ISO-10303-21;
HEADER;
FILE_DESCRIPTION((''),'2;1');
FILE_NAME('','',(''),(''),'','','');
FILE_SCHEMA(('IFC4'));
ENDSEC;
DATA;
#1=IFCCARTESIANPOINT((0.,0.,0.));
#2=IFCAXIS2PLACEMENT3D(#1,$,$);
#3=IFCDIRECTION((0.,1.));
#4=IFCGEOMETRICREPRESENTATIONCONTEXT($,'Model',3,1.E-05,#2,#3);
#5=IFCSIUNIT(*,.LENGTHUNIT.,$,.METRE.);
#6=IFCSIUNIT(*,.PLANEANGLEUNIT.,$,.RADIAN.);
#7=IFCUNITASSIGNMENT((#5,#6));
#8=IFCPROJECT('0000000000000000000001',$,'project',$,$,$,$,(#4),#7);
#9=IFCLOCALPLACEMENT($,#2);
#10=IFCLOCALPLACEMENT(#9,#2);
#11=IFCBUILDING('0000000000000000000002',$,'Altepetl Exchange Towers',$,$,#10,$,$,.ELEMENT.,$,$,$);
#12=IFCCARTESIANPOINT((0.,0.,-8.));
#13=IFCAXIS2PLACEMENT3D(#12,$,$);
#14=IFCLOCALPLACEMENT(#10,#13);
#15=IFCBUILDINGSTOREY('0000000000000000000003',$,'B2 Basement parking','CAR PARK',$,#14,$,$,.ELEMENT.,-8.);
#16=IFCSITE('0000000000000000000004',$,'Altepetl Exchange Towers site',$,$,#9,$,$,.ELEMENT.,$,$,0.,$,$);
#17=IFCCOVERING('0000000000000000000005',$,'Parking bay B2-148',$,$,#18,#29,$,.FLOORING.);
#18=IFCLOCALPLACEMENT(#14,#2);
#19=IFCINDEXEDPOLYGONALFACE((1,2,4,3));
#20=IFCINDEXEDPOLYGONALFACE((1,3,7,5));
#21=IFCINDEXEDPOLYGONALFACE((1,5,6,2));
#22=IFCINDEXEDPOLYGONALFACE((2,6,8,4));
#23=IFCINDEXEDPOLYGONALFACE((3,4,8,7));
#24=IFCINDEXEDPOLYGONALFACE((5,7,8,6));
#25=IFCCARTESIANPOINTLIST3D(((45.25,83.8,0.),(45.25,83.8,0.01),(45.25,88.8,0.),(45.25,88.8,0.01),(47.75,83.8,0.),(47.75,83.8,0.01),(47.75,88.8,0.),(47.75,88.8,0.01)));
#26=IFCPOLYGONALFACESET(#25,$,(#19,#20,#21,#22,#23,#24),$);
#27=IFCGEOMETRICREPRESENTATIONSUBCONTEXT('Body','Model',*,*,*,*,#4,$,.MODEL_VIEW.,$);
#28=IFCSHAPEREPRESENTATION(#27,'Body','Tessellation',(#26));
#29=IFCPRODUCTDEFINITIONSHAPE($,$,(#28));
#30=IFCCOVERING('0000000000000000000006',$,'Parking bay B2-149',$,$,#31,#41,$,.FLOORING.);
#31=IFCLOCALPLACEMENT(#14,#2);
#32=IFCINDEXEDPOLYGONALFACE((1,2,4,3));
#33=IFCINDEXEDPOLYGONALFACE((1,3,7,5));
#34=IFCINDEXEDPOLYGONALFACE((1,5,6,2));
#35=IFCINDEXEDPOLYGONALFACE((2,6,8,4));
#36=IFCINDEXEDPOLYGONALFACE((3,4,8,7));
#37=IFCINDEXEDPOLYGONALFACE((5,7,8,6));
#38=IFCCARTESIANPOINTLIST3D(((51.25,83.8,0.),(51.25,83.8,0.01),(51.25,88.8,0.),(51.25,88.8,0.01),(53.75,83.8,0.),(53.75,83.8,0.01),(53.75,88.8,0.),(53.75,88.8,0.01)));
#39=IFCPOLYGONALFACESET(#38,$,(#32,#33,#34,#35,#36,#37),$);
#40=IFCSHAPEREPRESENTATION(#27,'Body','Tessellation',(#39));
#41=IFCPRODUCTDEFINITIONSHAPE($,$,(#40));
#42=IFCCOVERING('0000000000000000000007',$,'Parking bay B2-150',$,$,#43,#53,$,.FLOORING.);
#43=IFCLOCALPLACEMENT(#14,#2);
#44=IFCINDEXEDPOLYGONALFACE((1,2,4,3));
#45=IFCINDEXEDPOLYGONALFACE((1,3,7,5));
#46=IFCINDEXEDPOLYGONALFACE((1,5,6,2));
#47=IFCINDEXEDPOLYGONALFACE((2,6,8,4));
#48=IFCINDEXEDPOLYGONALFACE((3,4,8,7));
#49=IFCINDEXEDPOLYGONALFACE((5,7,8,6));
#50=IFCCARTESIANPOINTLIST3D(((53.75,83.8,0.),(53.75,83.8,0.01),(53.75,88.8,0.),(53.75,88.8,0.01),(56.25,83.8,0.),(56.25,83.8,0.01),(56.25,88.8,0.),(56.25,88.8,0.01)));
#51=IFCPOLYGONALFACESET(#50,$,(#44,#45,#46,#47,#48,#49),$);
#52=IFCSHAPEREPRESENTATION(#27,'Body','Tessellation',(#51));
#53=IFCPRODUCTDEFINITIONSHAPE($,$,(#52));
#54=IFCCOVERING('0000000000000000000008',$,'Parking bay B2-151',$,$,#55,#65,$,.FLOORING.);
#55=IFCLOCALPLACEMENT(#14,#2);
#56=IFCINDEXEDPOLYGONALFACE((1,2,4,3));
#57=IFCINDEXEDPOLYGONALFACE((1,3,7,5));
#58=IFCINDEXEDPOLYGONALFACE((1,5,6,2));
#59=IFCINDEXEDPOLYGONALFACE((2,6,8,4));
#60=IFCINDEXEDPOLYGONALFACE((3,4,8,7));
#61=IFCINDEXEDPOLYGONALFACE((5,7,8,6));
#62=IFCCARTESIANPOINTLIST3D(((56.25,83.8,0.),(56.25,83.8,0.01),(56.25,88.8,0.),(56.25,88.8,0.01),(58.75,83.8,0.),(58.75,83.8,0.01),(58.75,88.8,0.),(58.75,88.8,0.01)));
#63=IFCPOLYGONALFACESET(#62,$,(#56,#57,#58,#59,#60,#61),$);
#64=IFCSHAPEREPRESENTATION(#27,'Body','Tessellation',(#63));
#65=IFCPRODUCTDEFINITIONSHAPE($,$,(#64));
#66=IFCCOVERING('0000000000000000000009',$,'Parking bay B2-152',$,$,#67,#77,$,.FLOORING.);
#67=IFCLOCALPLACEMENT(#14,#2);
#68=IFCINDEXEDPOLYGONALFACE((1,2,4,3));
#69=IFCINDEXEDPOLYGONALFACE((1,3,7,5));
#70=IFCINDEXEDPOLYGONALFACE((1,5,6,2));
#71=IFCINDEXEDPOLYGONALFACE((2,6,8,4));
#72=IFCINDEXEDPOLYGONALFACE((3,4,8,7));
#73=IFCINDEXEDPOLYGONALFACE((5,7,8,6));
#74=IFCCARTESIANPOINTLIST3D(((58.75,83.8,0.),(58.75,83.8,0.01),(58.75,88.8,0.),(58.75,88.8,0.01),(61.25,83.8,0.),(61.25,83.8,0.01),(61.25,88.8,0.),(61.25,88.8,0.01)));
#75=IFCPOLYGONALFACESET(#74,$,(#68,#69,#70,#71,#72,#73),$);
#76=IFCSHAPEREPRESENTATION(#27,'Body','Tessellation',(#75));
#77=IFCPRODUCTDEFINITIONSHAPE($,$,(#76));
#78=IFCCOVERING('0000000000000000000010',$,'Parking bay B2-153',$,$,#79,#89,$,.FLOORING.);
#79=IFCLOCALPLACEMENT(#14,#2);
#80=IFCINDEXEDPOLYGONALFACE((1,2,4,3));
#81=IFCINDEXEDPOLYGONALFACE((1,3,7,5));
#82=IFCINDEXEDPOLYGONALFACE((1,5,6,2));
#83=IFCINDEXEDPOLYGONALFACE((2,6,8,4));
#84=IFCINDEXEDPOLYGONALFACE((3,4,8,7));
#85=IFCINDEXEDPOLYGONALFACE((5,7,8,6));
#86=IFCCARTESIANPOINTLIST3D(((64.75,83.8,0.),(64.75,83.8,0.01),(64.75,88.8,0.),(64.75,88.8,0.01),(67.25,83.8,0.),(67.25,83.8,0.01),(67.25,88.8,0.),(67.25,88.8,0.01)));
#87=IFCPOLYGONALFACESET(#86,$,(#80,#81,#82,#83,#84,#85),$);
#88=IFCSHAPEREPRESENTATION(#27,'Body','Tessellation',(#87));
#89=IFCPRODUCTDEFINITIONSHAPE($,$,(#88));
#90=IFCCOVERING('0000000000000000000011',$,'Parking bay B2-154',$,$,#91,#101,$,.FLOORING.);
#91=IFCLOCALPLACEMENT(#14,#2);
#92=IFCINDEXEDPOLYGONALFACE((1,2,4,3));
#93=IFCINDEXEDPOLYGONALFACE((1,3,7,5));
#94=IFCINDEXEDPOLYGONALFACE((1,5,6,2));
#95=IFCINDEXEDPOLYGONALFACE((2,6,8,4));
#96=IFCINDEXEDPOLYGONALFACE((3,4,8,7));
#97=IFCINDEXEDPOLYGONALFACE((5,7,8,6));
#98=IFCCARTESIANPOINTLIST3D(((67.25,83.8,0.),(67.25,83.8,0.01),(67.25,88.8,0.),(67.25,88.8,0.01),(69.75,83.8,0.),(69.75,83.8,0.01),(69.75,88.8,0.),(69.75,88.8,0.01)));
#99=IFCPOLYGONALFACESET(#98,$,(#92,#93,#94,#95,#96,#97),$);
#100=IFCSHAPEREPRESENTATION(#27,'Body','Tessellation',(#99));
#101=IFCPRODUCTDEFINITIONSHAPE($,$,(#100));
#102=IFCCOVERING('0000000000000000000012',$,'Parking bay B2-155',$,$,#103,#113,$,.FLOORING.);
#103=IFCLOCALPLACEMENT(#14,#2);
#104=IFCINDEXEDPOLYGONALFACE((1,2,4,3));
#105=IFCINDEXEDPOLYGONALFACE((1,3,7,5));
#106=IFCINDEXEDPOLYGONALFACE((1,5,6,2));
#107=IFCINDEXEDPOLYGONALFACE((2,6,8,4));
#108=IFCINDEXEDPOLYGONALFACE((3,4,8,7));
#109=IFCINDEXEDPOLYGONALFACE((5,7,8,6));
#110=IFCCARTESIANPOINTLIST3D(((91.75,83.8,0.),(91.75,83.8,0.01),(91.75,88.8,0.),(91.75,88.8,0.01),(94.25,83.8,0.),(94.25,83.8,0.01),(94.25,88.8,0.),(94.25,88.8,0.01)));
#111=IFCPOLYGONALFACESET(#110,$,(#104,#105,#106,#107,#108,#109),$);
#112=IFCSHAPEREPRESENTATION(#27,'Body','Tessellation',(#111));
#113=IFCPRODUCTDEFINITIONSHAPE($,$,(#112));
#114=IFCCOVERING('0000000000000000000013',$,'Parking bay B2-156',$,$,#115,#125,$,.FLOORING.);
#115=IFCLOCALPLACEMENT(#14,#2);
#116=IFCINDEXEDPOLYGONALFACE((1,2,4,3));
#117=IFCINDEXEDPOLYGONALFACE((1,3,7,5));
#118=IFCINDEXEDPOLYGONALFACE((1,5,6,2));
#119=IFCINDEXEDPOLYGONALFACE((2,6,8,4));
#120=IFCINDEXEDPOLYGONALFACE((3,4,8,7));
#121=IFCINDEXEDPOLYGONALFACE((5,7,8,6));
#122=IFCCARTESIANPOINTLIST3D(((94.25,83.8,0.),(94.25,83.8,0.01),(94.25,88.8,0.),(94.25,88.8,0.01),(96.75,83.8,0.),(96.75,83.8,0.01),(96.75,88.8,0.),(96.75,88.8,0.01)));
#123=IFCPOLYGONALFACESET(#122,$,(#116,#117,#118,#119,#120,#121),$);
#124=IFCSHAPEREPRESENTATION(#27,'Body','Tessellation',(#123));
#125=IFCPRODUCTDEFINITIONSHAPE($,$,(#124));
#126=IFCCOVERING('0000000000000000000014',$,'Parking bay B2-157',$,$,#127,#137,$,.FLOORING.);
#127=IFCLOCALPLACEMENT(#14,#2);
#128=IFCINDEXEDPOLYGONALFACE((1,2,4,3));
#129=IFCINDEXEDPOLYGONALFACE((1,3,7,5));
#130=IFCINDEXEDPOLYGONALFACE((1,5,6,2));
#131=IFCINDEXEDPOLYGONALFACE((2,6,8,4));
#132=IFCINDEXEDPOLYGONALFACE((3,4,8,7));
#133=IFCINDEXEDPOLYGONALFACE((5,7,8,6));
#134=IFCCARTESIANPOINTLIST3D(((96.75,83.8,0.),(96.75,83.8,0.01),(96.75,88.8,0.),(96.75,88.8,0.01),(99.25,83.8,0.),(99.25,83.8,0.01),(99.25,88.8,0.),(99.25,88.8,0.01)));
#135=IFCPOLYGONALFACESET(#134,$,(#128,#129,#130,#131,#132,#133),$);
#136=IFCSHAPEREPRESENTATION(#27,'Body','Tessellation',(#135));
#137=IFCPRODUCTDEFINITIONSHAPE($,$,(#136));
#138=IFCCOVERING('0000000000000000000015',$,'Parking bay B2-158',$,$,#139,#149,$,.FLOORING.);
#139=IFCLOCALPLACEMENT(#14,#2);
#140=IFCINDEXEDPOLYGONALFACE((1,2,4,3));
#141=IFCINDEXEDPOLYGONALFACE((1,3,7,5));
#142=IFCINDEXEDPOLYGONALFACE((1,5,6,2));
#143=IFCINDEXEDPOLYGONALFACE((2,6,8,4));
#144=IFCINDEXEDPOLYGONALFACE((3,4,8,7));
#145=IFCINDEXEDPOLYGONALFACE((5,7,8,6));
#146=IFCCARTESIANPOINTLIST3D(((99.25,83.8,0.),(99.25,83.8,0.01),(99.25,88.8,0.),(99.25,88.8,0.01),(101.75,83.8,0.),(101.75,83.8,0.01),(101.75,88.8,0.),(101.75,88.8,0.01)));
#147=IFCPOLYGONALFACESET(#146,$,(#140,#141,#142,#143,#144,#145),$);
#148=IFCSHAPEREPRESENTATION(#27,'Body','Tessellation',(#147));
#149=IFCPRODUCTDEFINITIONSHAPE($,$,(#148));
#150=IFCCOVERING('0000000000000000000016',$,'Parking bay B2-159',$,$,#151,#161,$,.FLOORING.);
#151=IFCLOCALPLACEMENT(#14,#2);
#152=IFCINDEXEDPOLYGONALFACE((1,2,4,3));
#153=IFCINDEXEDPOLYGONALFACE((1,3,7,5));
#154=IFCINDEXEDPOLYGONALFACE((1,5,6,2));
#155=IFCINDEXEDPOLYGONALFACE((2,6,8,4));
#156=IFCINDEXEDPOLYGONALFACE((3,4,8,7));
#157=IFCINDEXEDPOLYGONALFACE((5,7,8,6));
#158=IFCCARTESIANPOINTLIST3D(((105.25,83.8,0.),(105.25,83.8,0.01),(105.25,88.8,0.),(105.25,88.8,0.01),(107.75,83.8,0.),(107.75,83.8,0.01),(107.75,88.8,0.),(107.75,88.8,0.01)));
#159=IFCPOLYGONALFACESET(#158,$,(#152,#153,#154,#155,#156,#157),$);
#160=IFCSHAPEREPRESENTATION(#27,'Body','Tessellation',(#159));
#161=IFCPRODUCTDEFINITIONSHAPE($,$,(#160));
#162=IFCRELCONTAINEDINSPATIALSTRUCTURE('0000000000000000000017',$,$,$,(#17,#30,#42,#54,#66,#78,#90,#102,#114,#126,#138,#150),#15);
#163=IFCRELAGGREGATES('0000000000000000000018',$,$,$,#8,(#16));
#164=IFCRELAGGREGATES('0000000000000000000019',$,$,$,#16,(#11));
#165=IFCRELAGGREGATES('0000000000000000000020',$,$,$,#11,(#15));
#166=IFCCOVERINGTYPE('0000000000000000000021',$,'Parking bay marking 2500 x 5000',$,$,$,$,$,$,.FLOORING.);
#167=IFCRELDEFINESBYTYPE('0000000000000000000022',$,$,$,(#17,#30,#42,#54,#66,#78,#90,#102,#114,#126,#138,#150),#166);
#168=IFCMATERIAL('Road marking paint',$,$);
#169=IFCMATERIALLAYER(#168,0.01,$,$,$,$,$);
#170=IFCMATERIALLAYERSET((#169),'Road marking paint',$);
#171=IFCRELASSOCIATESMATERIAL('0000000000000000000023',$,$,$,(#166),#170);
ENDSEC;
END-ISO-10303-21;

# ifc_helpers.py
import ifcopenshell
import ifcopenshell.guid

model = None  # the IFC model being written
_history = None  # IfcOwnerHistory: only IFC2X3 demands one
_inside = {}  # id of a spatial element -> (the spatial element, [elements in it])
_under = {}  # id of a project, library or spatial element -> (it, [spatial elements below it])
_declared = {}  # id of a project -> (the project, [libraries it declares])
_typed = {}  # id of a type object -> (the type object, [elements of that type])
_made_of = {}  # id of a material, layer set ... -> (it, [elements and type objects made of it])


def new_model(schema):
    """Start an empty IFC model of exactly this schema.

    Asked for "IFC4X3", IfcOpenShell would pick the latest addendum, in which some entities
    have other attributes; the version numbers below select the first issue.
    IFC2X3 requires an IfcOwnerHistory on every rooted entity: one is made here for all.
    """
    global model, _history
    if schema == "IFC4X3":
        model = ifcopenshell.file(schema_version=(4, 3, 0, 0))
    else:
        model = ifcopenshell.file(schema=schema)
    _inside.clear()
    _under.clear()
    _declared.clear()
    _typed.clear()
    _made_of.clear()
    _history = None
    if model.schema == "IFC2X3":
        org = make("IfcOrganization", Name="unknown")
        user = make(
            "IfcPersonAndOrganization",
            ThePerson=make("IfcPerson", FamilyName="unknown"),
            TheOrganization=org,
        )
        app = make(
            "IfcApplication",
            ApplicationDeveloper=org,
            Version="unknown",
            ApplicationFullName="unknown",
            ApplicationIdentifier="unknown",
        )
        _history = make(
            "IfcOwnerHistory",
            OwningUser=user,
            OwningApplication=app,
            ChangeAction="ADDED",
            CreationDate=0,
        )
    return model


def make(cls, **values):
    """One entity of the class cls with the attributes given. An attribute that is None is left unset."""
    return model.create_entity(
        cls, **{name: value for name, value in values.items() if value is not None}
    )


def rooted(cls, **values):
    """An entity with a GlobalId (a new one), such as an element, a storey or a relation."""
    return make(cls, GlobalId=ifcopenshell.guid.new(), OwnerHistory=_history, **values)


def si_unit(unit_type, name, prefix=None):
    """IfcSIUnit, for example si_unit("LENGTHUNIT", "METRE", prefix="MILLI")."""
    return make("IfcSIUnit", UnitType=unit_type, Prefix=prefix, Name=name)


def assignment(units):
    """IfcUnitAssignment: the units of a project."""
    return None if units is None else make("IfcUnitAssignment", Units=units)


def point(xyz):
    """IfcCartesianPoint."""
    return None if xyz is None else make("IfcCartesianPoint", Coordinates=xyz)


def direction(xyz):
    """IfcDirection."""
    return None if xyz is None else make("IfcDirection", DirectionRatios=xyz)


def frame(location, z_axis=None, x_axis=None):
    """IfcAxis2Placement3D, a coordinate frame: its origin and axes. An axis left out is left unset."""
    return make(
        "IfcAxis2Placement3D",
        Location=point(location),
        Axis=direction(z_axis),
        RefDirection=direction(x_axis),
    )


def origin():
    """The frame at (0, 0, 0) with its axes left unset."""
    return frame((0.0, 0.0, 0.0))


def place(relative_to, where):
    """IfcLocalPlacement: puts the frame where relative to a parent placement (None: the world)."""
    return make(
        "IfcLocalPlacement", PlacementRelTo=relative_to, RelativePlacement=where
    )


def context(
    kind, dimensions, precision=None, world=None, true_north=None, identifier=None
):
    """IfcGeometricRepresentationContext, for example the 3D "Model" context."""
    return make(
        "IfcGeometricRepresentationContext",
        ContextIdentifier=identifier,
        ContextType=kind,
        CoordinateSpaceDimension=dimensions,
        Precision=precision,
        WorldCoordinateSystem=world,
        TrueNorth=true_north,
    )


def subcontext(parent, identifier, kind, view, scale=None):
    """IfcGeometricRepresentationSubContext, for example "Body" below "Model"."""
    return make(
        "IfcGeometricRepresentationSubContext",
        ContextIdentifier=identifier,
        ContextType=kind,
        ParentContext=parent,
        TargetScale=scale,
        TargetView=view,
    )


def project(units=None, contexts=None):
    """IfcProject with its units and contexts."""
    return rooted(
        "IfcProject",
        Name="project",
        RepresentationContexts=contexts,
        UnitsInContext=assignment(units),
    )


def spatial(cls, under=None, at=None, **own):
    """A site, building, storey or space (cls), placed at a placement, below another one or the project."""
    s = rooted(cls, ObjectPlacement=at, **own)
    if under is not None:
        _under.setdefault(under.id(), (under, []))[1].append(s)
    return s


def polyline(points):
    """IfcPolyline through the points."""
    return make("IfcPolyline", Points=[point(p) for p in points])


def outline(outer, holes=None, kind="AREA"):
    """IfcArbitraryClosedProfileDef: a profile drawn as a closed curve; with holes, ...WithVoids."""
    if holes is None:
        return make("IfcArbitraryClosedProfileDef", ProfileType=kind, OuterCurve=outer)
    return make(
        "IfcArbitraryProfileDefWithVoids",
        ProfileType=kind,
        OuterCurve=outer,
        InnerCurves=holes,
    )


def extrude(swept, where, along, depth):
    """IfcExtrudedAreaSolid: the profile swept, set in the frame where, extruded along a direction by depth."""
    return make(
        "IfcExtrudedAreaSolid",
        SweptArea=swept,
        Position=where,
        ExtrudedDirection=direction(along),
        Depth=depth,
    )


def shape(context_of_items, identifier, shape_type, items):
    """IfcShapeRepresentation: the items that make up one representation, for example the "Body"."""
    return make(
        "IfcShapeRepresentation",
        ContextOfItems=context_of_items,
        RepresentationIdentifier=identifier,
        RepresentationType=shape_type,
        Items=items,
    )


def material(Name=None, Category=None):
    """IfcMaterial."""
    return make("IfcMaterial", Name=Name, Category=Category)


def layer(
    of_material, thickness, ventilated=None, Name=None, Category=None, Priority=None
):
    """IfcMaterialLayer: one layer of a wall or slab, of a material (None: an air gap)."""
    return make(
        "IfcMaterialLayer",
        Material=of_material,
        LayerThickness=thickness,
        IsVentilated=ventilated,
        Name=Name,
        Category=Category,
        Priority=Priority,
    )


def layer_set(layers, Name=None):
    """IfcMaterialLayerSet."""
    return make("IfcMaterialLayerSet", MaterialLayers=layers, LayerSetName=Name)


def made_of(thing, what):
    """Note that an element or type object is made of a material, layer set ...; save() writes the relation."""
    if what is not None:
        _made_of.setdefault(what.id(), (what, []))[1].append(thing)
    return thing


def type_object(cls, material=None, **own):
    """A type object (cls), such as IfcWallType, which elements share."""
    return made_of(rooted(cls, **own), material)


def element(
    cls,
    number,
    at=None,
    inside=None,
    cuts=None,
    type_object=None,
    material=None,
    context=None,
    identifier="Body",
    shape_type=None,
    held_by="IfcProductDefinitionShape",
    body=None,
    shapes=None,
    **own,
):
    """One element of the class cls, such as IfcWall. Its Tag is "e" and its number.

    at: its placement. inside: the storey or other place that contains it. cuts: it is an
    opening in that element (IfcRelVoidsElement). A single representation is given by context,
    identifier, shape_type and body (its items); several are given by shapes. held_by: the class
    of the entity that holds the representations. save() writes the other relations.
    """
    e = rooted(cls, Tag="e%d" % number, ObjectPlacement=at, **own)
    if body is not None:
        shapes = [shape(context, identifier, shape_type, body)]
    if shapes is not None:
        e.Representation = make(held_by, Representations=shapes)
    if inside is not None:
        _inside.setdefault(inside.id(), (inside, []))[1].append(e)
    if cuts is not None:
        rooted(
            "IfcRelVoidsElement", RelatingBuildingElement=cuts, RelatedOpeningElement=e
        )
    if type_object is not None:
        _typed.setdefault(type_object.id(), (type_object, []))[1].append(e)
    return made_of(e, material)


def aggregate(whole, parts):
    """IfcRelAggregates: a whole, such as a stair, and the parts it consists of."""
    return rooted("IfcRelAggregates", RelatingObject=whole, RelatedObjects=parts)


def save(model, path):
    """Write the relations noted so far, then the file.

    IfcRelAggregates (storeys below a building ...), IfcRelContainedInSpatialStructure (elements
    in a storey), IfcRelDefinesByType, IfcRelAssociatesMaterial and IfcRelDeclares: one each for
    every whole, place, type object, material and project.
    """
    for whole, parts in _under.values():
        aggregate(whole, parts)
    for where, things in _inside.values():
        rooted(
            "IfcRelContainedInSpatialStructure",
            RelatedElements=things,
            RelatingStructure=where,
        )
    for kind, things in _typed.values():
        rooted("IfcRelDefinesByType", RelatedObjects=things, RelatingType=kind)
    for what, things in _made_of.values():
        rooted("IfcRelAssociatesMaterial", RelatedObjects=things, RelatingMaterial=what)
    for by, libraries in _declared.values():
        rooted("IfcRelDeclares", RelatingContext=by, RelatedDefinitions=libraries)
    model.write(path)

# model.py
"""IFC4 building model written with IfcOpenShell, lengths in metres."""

from ifc_helpers import new_model, si_unit, direction, frame, origin, place, context, subcontext, project, spatial, polyline, outline, extrude, material, layer, layer_set, type_object, element, save


model = new_model("IFC4")

# Units and contexts
model_context = context("Model", 3, precision=1e-05, world=origin(), true_north=direction((0.0, 1.0)))
body_context = subcontext(model_context, "Body", "Model", "MODEL_VIEW")
ifc_project = project(units=[si_unit("LENGTHUNIT", "METRE"), si_unit("PLANEANGLEUNIT", "RADIAN")], contexts=[model_context])

# Site, building, storey
site_placement = place(None, origin())
site = spatial("IfcSite", under=ifc_project, at=site_placement, Name="Altepetl Exchange Towers site", CompositionType="ELEMENT", RefElevation=0.0)
building_placement = place(site_placement, origin())
building = spatial("IfcBuilding", under=site, at=building_placement, Name="Altepetl Exchange Towers", CompositionType="ELEMENT")
storey_placement = place(building_placement, frame((0.0, 0.0, -8.0)))
storey = spatial("IfcBuildingStorey", under=building, at=storey_placement, Name="B2 Basement parking", Description="CAR PARK", CompositionType="ELEMENT", Elevation=-8.0)

# Coverings
ifc_material = material(Name="Road marking paint")
ifc_layer = layer(ifc_material, 0.01)
ifc_layer_set = layer_set([ifc_layer], Name="Road marking paint")
covering_type = type_object("IfcCoveringType", Name="Parking bay marking 2500 x 5000", PredefinedType="FLOORING", material=ifc_layer_set)
covering_1_placement = place(storey_placement, origin())
element("IfcCovering", 1, at=covering_1_placement, inside=storey, type_object=covering_type, Name="Parking bay B2-148", PredefinedType="FLOORING", context=body_context, shape_type="SweptSolid", body=[
    extrude(outline(polyline([(45.25, 83.8), (47.75, 83.8), (47.75, 88.8), (45.25, 88.8), (45.25, 83.8)])), origin(), (0.0, 0.0, 1.0), 0.01),
])
covering_2_placement = place(storey_placement, origin())
element("IfcCovering", 2, at=covering_2_placement, inside=storey, type_object=covering_type, Name="Parking bay B2-149", PredefinedType="FLOORING", context=body_context, shape_type="SweptSolid", body=[
    extrude(outline(polyline([(51.25, 83.8), (53.75, 83.8), (53.75, 88.8), (51.25, 88.8), (51.25, 83.8)])), origin(), (0.0, 0.0, 1.0), 0.01),
])
covering_3_placement = place(storey_placement, origin())
element("IfcCovering", 3, at=covering_3_placement, inside=storey, type_object=covering_type, Name="Parking bay B2-150", PredefinedType="FLOORING", context=body_context, shape_type="SweptSolid", body=[
    extrude(outline(polyline([(53.75, 83.8), (56.25, 83.8), (56.25, 88.8), (53.75, 88.8), (53.75, 83.8)])), origin(), (0.0, 0.0, 1.0), 0.01),
])
covering_4_placement = place(storey_placement, origin())
element("IfcCovering", 4, at=covering_4_placement, inside=storey, type_object=covering_type, Name="Parking bay B2-151", PredefinedType="FLOORING", context=body_context, shape_type="SweptSolid", body=[
    extrude(outline(polyline([(56.25, 83.8), (58.75, 83.8), (58.75, 88.8), (56.25, 88.8), (56.25, 83.8)])), origin(), (0.0, 0.0, 1.0), 0.01),
])
covering_5_placement = place(storey_placement, origin())
element("IfcCovering", 5, at=covering_5_placement, inside=storey, type_object=covering_type, Name="Parking bay B2-152", PredefinedType="FLOORING", context=body_context, shape_type="SweptSolid", body=[
    extrude(outline(polyline([(58.75, 83.8), (61.25, 83.8), (61.25, 88.8), (58.75, 88.8), (58.75, 83.8)])), origin(), (0.0, 0.0, 1.0), 0.01),
])
covering_6_placement = place(storey_placement, origin())
element("IfcCovering", 6, at=covering_6_placement, inside=storey, type_object=covering_type, Name="Parking bay B2-153", PredefinedType="FLOORING", context=body_context, shape_type="SweptSolid", body=[
    extrude(outline(polyline([(64.75, 83.8), (67.25, 83.8), (67.25, 88.8), (64.75, 88.8), (64.75, 83.8)])), origin(), (0.0, 0.0, 1.0), 0.01),
])
covering_7_placement = place(storey_placement, origin())
element("IfcCovering", 7, at=covering_7_placement, inside=storey, type_object=covering_type, Name="Parking bay B2-154", PredefinedType="FLOORING", context=body_context, shape_type="SweptSolid", body=[
    extrude(outline(polyline([(67.25, 83.8), (69.75, 83.8), (69.75, 88.8), (67.25, 88.8), (67.25, 83.8)])), origin(), (0.0, 0.0, 1.0), 0.01),
])
covering_8_placement = place(storey_placement, origin())
element("IfcCovering", 8, at=covering_8_placement, inside=storey, type_object=covering_type, Name="Parking bay B2-155", PredefinedType="FLOORING", context=body_context, shape_type="SweptSolid", body=[
    extrude(outline(polyline([(91.75, 83.8), (94.25, 83.8), (94.25, 88.8), (91.75, 88.8), (91.75, 83.8)])), origin(), (0.0, 0.0, 1.0), 0.01),
])
covering_9_placement = place(storey_placement, origin())
element("IfcCovering", 9, at=covering_9_placement, inside=storey, type_object=covering_type, Name="Parking bay B2-156", PredefinedType="FLOORING", context=body_context, shape_type="SweptSolid", body=[
    extrude(outline(polyline([(94.25, 83.8), (96.75, 83.8), (96.75, 88.8), (94.25, 88.8), (94.25, 83.8)])), origin(), (0.0, 0.0, 1.0), 0.01),
])
covering_10_placement = place(storey_placement, origin())
element("IfcCovering", 10, at=covering_10_placement, inside=storey, type_object=covering_type, Name="Parking bay B2-157", PredefinedType="FLOORING", context=body_context, shape_type="SweptSolid", body=[
    extrude(outline(polyline([(96.75, 83.8), (99.25, 83.8), (99.25, 88.8), (96.75, 88.8), (96.75, 83.8)])), origin(), (0.0, 0.0, 1.0), 0.01),
])
covering_11_placement = place(storey_placement, origin())
element("IfcCovering", 11, at=covering_11_placement, inside=storey, type_object=covering_type, Name="Parking bay B2-158", PredefinedType="FLOORING", context=body_context, shape_type="SweptSolid", body=[
    extrude(outline(polyline([(99.25, 83.8), (101.75, 83.8), (101.75, 88.8), (99.25, 88.8), (99.25, 83.8)])), origin(), (0.0, 0.0, 1.0), 0.01),
])
covering_12_placement = place(storey_placement, origin())
element("IfcCovering", 12, at=covering_12_placement, inside=storey, type_object=covering_type, Name="Parking bay B2-159", PredefinedType="FLOORING", context=body_context, shape_type="SweptSolid", body=[
    extrude(outline(polyline([(105.25, 83.8), (107.75, 83.8), (107.75, 88.8), (105.25, 88.8), (105.25, 83.8)])), origin(), (0.0, 0.0, 1.0), 0.01),
])

save(model, "model.ifc")
